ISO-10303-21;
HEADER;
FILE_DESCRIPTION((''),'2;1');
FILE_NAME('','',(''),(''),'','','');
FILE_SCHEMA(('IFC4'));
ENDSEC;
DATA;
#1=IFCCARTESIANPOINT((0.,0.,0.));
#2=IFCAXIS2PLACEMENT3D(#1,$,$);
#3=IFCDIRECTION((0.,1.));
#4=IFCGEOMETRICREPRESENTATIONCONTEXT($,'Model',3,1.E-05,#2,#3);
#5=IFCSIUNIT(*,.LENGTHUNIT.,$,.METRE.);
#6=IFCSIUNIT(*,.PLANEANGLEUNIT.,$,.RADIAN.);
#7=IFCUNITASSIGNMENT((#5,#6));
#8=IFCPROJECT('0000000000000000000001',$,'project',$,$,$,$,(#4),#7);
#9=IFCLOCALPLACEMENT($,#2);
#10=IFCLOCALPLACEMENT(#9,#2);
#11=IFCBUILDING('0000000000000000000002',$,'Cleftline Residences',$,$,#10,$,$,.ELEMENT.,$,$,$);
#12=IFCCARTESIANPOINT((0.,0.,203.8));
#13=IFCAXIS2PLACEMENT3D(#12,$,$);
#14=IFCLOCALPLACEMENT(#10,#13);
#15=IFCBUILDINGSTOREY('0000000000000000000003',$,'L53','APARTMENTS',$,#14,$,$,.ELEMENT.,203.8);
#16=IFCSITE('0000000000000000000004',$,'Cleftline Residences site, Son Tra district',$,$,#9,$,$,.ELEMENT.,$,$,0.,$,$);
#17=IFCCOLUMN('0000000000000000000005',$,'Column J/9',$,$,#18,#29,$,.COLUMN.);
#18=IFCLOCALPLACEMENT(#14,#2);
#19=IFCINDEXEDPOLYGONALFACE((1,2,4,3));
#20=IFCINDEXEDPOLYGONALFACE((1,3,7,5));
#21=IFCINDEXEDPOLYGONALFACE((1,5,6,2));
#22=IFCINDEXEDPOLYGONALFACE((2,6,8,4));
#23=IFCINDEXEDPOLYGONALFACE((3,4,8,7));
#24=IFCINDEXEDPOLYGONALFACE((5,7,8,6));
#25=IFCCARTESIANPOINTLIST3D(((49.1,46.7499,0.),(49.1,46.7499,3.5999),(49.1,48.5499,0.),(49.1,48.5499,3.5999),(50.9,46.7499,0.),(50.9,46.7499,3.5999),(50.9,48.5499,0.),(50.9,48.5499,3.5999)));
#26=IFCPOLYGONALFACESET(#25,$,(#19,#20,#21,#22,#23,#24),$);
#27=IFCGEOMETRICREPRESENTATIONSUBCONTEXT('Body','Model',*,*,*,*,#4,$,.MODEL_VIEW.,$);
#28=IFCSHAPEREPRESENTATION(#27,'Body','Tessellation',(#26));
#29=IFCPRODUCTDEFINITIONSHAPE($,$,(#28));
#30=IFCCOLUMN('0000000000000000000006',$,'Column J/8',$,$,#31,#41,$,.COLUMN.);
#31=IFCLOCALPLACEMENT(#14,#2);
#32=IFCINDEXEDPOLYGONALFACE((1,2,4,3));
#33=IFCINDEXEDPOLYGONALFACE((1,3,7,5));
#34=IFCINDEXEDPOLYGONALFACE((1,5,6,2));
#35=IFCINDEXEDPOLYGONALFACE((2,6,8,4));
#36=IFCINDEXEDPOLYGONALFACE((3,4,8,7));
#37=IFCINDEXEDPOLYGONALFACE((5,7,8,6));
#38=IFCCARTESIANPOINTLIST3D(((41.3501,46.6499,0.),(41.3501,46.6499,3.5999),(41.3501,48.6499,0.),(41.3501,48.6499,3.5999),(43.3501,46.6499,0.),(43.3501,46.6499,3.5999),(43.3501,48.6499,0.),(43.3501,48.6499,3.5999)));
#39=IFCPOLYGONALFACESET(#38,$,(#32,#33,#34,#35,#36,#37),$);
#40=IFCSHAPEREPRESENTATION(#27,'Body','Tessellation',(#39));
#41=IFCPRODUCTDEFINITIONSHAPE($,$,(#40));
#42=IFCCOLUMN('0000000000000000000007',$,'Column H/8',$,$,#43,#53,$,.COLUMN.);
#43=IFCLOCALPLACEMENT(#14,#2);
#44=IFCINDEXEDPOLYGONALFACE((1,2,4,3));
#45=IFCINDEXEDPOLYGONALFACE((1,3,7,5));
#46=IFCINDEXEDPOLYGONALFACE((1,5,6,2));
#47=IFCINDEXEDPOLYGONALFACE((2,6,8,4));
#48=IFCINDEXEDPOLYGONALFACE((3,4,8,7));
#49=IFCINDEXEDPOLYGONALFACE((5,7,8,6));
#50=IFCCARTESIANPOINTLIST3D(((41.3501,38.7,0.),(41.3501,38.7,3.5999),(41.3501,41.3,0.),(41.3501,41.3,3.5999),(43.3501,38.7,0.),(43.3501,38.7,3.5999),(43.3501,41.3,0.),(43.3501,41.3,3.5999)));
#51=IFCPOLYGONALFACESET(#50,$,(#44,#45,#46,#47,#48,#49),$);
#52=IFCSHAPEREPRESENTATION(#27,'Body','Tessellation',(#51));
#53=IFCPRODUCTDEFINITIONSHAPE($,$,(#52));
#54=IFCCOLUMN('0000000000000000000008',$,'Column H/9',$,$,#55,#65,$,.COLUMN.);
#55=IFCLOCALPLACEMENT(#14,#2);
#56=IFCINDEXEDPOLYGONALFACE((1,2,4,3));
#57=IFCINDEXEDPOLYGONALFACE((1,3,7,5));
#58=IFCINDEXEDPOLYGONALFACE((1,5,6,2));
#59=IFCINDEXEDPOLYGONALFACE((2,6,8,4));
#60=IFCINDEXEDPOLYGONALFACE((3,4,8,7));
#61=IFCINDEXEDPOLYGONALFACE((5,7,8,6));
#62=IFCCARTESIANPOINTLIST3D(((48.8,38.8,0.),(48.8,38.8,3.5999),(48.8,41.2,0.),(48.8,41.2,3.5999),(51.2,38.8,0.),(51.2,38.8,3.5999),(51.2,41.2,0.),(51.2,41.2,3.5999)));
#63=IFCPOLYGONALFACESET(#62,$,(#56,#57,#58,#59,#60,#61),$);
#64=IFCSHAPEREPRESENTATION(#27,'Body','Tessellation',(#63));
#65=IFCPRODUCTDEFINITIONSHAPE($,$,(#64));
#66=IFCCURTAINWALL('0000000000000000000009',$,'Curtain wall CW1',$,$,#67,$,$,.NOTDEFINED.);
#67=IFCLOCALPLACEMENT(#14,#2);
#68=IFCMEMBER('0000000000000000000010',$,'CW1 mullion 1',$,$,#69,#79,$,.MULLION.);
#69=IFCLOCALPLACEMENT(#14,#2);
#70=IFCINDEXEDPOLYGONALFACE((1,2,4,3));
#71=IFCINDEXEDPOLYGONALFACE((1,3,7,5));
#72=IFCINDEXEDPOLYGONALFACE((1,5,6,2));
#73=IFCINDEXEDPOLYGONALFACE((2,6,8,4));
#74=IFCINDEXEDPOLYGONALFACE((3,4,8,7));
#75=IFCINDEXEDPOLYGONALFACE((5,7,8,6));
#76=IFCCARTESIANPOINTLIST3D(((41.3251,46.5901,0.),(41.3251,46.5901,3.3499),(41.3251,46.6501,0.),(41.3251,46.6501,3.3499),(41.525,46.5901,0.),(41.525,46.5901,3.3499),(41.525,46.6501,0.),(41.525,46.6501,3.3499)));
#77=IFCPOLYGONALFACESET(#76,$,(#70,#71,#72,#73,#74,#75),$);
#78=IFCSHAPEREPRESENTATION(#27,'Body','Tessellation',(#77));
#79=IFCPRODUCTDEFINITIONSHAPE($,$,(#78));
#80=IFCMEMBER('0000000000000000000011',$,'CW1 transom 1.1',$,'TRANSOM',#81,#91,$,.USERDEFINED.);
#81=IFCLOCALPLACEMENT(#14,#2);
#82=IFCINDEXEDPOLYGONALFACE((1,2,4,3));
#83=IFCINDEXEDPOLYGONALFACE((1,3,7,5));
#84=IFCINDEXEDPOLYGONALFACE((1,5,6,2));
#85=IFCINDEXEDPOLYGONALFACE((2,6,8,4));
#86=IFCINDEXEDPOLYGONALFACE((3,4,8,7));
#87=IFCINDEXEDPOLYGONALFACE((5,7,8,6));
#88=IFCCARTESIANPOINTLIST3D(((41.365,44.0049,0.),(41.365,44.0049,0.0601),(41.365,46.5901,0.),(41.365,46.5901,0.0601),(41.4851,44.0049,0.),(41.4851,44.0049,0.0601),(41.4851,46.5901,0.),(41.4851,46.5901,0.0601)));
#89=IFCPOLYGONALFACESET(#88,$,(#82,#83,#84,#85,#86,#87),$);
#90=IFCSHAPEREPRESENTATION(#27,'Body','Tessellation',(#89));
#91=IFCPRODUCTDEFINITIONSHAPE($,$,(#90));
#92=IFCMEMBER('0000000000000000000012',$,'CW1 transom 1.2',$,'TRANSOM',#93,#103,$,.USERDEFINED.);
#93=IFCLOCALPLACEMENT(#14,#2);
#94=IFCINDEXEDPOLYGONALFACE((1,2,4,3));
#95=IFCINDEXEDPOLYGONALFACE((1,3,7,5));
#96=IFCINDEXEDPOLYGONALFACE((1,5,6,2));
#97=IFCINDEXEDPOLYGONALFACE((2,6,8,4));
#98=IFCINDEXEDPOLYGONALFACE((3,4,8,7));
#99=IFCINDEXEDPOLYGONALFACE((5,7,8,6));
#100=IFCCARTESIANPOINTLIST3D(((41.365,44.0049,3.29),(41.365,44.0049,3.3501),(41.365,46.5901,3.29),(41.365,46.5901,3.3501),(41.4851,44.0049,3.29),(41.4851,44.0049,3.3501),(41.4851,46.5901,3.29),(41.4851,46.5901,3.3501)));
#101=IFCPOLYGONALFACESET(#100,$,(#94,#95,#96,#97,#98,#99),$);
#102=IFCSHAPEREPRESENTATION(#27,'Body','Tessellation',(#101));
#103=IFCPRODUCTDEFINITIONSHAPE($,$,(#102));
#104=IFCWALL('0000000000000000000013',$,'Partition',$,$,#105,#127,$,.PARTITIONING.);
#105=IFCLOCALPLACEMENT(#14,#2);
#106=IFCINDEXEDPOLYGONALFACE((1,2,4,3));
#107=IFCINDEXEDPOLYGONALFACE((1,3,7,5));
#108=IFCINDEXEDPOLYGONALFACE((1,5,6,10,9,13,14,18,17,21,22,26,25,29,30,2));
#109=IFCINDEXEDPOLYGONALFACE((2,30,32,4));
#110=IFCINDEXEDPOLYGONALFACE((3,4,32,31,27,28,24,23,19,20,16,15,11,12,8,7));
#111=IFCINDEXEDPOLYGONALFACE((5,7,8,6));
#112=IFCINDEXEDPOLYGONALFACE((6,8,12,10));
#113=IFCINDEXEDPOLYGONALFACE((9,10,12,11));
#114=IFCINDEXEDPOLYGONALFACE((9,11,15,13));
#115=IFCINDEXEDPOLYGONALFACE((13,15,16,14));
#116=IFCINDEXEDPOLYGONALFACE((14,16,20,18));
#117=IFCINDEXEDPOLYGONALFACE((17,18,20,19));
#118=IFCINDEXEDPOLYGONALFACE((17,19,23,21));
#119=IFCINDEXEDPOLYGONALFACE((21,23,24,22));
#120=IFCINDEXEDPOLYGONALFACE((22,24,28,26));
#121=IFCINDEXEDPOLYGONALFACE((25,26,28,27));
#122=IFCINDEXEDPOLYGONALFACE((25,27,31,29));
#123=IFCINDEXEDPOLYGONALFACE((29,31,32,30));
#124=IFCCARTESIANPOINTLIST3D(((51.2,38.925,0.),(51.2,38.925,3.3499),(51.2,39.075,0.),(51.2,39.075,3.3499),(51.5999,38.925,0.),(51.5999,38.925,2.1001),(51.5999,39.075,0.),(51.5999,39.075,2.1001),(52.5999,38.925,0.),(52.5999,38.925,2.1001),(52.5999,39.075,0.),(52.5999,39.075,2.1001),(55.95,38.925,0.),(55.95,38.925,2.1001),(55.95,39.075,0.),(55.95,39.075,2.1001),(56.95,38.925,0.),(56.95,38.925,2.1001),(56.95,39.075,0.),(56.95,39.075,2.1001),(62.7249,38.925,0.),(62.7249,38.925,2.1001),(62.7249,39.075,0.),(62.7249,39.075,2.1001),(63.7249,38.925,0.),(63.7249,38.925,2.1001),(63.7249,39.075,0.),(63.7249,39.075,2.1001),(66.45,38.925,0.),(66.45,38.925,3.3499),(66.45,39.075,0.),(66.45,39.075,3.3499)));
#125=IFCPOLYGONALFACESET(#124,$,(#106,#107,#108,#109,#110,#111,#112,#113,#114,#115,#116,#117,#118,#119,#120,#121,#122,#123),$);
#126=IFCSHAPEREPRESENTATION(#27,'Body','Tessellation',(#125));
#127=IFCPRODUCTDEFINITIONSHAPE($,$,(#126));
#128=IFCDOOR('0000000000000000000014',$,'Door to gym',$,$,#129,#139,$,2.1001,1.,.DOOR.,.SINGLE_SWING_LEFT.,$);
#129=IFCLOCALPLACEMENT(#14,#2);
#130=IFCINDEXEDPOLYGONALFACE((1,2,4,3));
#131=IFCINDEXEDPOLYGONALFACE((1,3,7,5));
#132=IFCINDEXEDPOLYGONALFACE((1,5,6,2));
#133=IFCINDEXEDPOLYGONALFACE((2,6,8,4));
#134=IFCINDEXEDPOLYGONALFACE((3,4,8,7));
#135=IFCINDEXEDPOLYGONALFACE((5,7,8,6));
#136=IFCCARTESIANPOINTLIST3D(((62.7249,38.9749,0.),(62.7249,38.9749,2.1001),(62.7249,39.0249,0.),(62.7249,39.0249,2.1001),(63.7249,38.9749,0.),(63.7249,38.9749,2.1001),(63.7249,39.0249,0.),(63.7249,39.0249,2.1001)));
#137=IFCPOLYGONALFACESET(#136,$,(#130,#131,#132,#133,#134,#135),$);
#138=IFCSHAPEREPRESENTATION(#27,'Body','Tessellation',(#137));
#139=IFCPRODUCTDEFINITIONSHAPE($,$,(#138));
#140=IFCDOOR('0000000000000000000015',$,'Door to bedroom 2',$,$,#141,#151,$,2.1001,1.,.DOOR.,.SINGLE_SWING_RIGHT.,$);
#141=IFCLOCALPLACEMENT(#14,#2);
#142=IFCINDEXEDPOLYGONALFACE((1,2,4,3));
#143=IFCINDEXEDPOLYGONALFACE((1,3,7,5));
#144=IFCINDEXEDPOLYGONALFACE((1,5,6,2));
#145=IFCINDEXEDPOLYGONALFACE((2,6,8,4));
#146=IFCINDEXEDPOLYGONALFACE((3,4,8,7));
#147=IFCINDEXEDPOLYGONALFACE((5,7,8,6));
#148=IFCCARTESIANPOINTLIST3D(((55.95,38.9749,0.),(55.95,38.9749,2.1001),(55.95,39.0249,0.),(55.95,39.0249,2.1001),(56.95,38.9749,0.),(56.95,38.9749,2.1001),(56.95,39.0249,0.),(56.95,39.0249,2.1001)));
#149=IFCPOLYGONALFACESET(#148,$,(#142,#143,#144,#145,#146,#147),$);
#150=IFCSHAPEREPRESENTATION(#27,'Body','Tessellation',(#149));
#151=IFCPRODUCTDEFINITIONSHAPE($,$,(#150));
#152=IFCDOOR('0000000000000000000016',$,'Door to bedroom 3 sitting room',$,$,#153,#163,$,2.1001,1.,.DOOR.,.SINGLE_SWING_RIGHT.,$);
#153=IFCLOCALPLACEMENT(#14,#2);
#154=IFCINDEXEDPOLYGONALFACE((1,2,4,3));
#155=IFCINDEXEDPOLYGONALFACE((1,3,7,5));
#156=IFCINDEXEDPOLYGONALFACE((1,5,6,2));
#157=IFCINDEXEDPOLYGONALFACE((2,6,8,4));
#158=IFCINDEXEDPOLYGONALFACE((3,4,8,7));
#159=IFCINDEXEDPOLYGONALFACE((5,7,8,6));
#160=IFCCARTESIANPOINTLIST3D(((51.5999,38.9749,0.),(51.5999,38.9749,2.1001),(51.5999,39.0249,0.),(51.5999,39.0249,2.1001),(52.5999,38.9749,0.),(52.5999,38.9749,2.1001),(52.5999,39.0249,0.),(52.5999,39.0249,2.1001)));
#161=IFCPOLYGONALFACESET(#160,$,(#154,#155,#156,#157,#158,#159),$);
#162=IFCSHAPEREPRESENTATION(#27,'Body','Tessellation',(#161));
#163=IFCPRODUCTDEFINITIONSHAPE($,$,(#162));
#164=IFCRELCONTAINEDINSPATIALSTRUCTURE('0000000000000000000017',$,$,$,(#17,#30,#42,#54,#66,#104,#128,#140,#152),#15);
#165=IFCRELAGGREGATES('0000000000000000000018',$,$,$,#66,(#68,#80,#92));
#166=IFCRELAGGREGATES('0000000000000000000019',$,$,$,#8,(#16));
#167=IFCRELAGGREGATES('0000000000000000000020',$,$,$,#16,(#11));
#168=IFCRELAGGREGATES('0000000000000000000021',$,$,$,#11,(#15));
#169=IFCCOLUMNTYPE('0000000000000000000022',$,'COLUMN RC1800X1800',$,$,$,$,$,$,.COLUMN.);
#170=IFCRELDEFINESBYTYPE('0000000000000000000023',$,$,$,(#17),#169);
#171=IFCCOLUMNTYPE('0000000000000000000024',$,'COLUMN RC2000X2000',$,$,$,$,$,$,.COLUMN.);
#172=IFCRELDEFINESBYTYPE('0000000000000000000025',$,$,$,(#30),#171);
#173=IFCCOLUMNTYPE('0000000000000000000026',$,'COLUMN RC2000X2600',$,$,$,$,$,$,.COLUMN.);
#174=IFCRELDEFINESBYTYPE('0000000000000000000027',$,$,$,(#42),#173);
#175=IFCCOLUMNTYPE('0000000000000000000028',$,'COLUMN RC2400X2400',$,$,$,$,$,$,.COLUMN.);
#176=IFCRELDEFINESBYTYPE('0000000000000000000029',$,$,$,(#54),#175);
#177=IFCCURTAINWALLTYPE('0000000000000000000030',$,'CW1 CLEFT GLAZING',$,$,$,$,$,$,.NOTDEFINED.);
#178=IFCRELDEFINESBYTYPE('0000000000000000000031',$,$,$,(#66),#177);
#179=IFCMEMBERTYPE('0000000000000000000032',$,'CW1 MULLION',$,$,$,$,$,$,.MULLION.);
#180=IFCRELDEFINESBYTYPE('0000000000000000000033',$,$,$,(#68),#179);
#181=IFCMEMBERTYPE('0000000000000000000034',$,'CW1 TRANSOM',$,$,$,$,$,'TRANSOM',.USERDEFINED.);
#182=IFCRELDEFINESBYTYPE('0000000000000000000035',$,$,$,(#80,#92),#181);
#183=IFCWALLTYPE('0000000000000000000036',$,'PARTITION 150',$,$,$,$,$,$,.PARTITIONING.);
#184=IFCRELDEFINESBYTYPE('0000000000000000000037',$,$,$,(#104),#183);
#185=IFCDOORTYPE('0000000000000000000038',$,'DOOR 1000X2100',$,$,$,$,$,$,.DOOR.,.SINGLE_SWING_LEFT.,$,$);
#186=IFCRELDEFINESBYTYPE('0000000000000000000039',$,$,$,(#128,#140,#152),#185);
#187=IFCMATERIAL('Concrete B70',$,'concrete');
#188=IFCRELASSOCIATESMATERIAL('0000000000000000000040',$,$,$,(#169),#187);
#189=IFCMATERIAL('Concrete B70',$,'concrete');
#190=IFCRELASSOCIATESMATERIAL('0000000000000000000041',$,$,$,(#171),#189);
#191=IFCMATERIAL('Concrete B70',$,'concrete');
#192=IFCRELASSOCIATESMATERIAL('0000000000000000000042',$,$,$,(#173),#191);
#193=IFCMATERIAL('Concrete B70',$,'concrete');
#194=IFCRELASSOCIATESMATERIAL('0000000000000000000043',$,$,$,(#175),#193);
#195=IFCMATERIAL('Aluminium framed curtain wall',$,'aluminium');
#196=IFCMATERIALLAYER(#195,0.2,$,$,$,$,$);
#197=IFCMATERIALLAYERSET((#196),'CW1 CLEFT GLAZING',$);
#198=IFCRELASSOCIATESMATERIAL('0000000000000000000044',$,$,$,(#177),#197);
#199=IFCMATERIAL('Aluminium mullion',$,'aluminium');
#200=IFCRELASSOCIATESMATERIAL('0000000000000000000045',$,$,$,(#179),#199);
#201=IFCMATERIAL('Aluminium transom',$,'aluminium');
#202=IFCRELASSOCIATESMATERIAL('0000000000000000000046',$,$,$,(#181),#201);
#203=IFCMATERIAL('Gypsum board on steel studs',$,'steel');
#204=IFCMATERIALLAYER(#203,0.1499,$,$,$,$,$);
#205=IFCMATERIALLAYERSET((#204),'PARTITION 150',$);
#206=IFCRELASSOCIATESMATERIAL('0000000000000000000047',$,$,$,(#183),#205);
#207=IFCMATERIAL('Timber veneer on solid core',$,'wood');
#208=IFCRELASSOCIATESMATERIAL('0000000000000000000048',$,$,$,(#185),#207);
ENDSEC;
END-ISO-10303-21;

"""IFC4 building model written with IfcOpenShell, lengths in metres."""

from ifc_helpers import new_model, si_unit, direction, frame, frame_2d, origin, origin_2d, place, context, subcontext, project, spatial, rectangle, extrude, material, layer, layer_set, material_profile, profile_set, type_object, element, fill, aggregate, save


model = new_model("IFC4")

# Units and contexts
model_context = context("Model", 3, precision=1e-05, world=origin(), true_north=direction((0.0, 1.0)))
body_context = subcontext(model_context, "Body", "Model", "MODEL_VIEW")
ifc_project = project(units=[si_unit("LENGTHUNIT", "METRE"), si_unit("PLANEANGLEUNIT", "RADIAN")], contexts=[model_context])

# Site, building, storey
site_placement = place(None, origin())
site = spatial("IfcSite", under=ifc_project, at=site_placement, Name="Cleftline Residences site, Son Tra district", CompositionType="ELEMENT", RefElevation=0.0)
building_placement = place(site_placement, origin())
building = spatial("IfcBuilding", under=site, at=building_placement, Name="Cleftline Residences", CompositionType="ELEMENT")
storey_placement = place(building_placement, frame((0.0, 0.0, 203.8)))
storey = spatial("IfcBuildingStorey", under=building, at=storey_placement, Name="L53", Description="APARTMENTS", CompositionType="ELEMENT", Elevation=203.8)

# Columns
ifc_material_1 = material(Name="Concrete B70", Category="concrete")
ifc_material_profile_1 = material_profile(ifc_material_1, rectangle(XDim=1.8, YDim=1.8, at=origin_2d()))
ifc_profile_set_1 = profile_set([ifc_material_profile_1], Name="Concrete B70")
column_type_1 = type_object("IfcColumnType", Name="COLUMN RC1800X1800", PredefinedType="COLUMN", material=ifc_profile_set_1)
column_1_placement = place(storey_placement, frame((50.0, 47.6499, 0.0), z_axis=(0.0, 0.0, 1.0), x_axis=(1.0, 0.0, 0.0)))
element("IfcColumn", 1, at=column_1_placement, inside=storey, type_object=column_type_1, Name="Column J/9", PredefinedType="COLUMN", context=body_context, shape_type="SweptSolid", body=[
    extrude(rectangle(XDim=1.8, YDim=1.8, at=origin_2d()), origin(), (0.0, 0.0, 1.0), 3.5999),
])
ifc_material_2 = material(Name="Concrete B70", Category="concrete")
ifc_material_profile_2 = material_profile(ifc_material_2, rectangle(XDim=2.0, YDim=2.0, at=origin_2d()))
ifc_profile_set_2 = profile_set([ifc_material_profile_2], Name="Concrete B70")
column_type_2 = type_object("IfcColumnType", Name="COLUMN RC2000X2000", PredefinedType="COLUMN", material=ifc_profile_set_2)
column_2_placement = place(storey_placement, frame((42.3501, 47.6499, 0.0), z_axis=(0.0, 0.0, 1.0), x_axis=(1.0, 0.0, 0.0)))
element("IfcColumn", 2, at=column_2_placement, inside=storey, type_object=column_type_2, Name="Column J/8", PredefinedType="COLUMN", context=body_context, shape_type="SweptSolid", body=[
    extrude(rectangle(XDim=2.0, YDim=2.0, at=origin_2d()), origin(), (0.0, 0.0, 1.0), 3.5999),
])
ifc_material_3 = material(Name="Concrete B70", Category="concrete")
ifc_material_profile_3 = material_profile(ifc_material_3, rectangle(XDim=2.0, YDim=2.6001, at=origin_2d()))
ifc_profile_set_3 = profile_set([ifc_material_profile_3], Name="Concrete B70")
column_type_3 = type_object("IfcColumnType", Name="COLUMN RC2000X2600", PredefinedType="COLUMN", material=ifc_profile_set_3)
column_3_placement = place(storey_placement, frame((42.3501, 40.0, 0.0), z_axis=(0.0, 0.0, 1.0), x_axis=(1.0, 0.0, 0.0)))
element("IfcColumn", 3, at=column_3_placement, inside=storey, type_object=column_type_3, Name="Column H/8", PredefinedType="COLUMN", context=body_context, shape_type="SweptSolid", body=[
    extrude(rectangle(XDim=2.0, YDim=2.6001, at=origin_2d()), origin(), (0.0, 0.0, 1.0), 3.5999),
])
ifc_material_4 = material(Name="Concrete B70", Category="concrete")
ifc_material_profile_4 = material_profile(ifc_material_4, rectangle(XDim=2.3999, YDim=2.3999, at=origin_2d()))
ifc_profile_set_4 = profile_set([ifc_material_profile_4], Name="Concrete B70")
column_type_4 = type_object("IfcColumnType", Name="COLUMN RC2400X2400", PredefinedType="COLUMN", material=ifc_profile_set_4)
column_4_placement = place(storey_placement, frame((50.0, 40.0, 0.0), z_axis=(0.0, 0.0, 1.0), x_axis=(1.0, 0.0, 0.0)))
element("IfcColumn", 4, at=column_4_placement, inside=storey, type_object=column_type_4, Name="Column H/9", PredefinedType="COLUMN", context=body_context, shape_type="SweptSolid", body=[
    extrude(rectangle(XDim=2.3999, YDim=2.3999, at=origin_2d()), origin(), (0.0, 0.0, 1.0), 3.5999),
])

# Curtain wall, members
ifc_material_5 = material(Name="Aluminium framed curtain wall", Category="aluminium")
ifc_layer_1 = layer(ifc_material_5, 0.2)
ifc_layer_set_1 = layer_set([ifc_layer_1], Name="CW1 CLEFT GLAZING")
curtain_wall_type = type_object("IfcCurtainWallType", Name="CW1 CLEFT GLAZING", PredefinedType="NOTDEFINED", material=ifc_layer_set_1)
curtain_wall_placement = place(storey_placement, origin())
curtain_wall = element("IfcCurtainWall", 5, at=curtain_wall_placement, inside=storey, type_object=curtain_wall_type, Name="Curtain wall CW1", PredefinedType="NOTDEFINED")
ifc_material_6 = material(Name="Aluminium mullion", Category="aluminium")
ifc_material_profile_5 = material_profile(ifc_material_6, rectangle(XDim=0.2, YDim=0.0601, at=origin_2d()))
ifc_profile_set_5 = profile_set([ifc_material_profile_5], Name="Aluminium mullion")
member_type_1 = type_object("IfcMemberType", Name="CW1 MULLION", PredefinedType="MULLION", material=ifc_profile_set_5)
member_1_placement = place(storey_placement, frame((41.425, 46.6201, 0.0), z_axis=(0.0, 0.0, 1.0), x_axis=(1.0, 0.0, 0.0)))
member_1 = element("IfcMember", 6, at=member_1_placement, type_object=member_type_1, Name="CW1 mullion 1", PredefinedType="MULLION", context=body_context, shape_type="SweptSolid", body=[
    extrude(rectangle(XDim=0.2, YDim=0.0601, at=origin_2d()), origin(), (0.0, 0.0, 1.0), 3.3499),
])
ifc_material_7 = material(Name="Aluminium transom", Category="aluminium")
ifc_material_profile_6 = material_profile(ifc_material_7, rectangle(XDim=0.1201, YDim=0.0601, at=origin_2d()))
ifc_profile_set_6 = profile_set([ifc_material_profile_6], Name="Aluminium transom")
member_type_2 = type_object("IfcMemberType", Name="CW1 TRANSOM", ElementType="TRANSOM", PredefinedType="USERDEFINED", material=ifc_profile_set_6)
member_2_placement = place(storey_placement, frame((41.425, 46.5901, 0.03), z_axis=(0.0, -1.0, 0.0), x_axis=(1.0, 0.0, 0.0)))
member_2 = element("IfcMember", 7, at=member_2_placement, type_object=member_type_2, Name="CW1 transom 1.1", ObjectType="TRANSOM", PredefinedType="USERDEFINED", context=body_context, shape_type="SweptSolid", body=[
    extrude(rectangle(XDim=0.1201, YDim=0.0601, at=origin_2d()), origin(), (0.0, 0.0, 1.0), 2.5852),
])
member_3_placement = place(storey_placement, frame((41.425, 46.5901, 3.3201), z_axis=(0.0, -1.0, 0.0), x_axis=(1.0, 0.0, 0.0)))
member_3 = element("IfcMember", 8, at=member_3_placement, type_object=member_type_2, Name="CW1 transom 1.2", ObjectType="TRANSOM", PredefinedType="USERDEFINED", context=body_context, shape_type="SweptSolid", body=[
    extrude(rectangle(XDim=0.1201, YDim=0.0601, at=origin_2d()), origin(), (0.0, 0.0, 1.0), 2.5852),
])
aggregate(curtain_wall, [member_1, member_2, member_3])

# Wall, openings, doors
ifc_material_8 = material(Name="Gypsum board on steel studs", Category="steel")
ifc_layer_2 = layer(ifc_material_8, 0.1499)
ifc_layer_set_2 = layer_set([ifc_layer_2], Name="PARTITION 150")
wall_type = type_object("IfcWallType", Name="PARTITION 150", PredefinedType="PARTITIONING", material=ifc_layer_set_2)
wall_1_placement = place(storey_placement, frame((51.2, 39.0, 0.0), z_axis=(0.0, 0.0, 1.0), x_axis=(1.0, 0.0, 0.0)))
wall_1 = element("IfcWall", 9, at=wall_1_placement, inside=storey, type_object=wall_type, Name="Partition", PredefinedType="PARTITIONING", context=body_context, shape_type="SweptSolid", body=[
    extrude(rectangle(XDim=15.25, YDim=0.1499, at=frame_2d((7.625, 0.0))), origin(), (0.0, 0.0, 1.0), 3.3499),
])
opening_1_placement = place(wall_1_placement, frame((11.5249, 0.0, 0.0)))
opening_1 = element("IfcOpeningElement", 10, at=opening_1_placement, cuts=wall_1, PredefinedType="OPENING", context=body_context, shape_type="SweptSolid", body=[
    extrude(rectangle(XDim=1.0, YDim=2.1001, at=frame_2d((0.5, 1.05))), frame((0.0, 0.085, 0.0), z_axis=(0.0, -1.0, 0.0), x_axis=(1.0, 0.0, 0.0)), (0.0, 0.0, 1.0), 0.1699),
])
opening_2_placement = place(wall_1_placement, frame((4.75, 0.0, 0.0)))
opening_2 = element("IfcOpeningElement", 11, at=opening_2_placement, cuts=wall_1, PredefinedType="OPENING", context=body_context, shape_type="SweptSolid", body=[
    extrude(rectangle(XDim=1.0, YDim=2.1001, at=frame_2d((0.5, 1.05))), frame((0.0, 0.085, 0.0), z_axis=(0.0, -1.0, 0.0), x_axis=(1.0, 0.0, 0.0)), (0.0, 0.0, 1.0), 0.1699),
])
opening_3_placement = place(wall_1_placement, frame((0.3999, 0.0, 0.0)))
opening_3 = element("IfcOpeningElement", 12, at=opening_3_placement, cuts=wall_1, PredefinedType="OPENING", context=body_context, shape_type="SweptSolid", body=[
    extrude(rectangle(XDim=1.0, YDim=2.1001, at=frame_2d((0.5, 1.05))), frame((0.0, 0.085, 0.0), z_axis=(0.0, -1.0, 0.0), x_axis=(1.0, 0.0, 0.0)), (0.0, 0.0, 1.0), 0.1699),
])
ifc_material_9 = material(Name="Timber veneer on solid core", Category="wood")
door_type_1 = type_object("IfcDoorType", Name="DOOR 1000X2100", OperationType="SINGLE_SWING_LEFT", PredefinedType="DOOR", material=ifc_material_9)
door_1_placement = place(opening_1_placement, origin())
door_1 = element("IfcDoor", 13, at=door_1_placement, inside=storey, type_object=door_type_1, Name="Door to gym", OperationType="SINGLE_SWING_LEFT", OverallHeight=2.1001, OverallWidth=1.0, PredefinedType="DOOR", context=body_context, shape_type="SweptSolid", body=[
    extrude(rectangle(XDim=1.0, YDim=2.1001, at=frame_2d((0.5, 1.05))), frame((0.0, 0.0249, 0.0), z_axis=(0.0, -1.0, 0.0), x_axis=(1.0, 0.0, 0.0)), (0.0, 0.0, 1.0), 0.05),
])
fill(opening_1, door_1)
door_2_placement = place(opening_2_placement, origin())
door_2 = element("IfcDoor", 14, at=door_2_placement, inside=storey, type_object=door_type_1, Name="Door to bedroom 2", OperationType="SINGLE_SWING_RIGHT", OverallHeight=2.1001, OverallWidth=1.0, PredefinedType="DOOR", context=body_context, shape_type="SweptSolid", body=[
    extrude(rectangle(XDim=1.0, YDim=2.1001, at=frame_2d((0.5, 1.05))), frame((0.0, 0.0249, 0.0), z_axis=(0.0, -1.0, 0.0), x_axis=(1.0, 0.0, 0.0)), (0.0, 0.0, 1.0), 0.05),
])
fill(opening_2, door_2)
door_3_placement = place(opening_3_placement, origin())
door_3 = element("IfcDoor", 15, at=door_3_placement, inside=storey, type_object=door_type_1, Name="Door to bedroom 3 sitting room", OperationType="SINGLE_SWING_RIGHT", OverallHeight=2.1001, OverallWidth=1.0, PredefinedType="DOOR", context=body_context, shape_type="SweptSolid", body=[
    extrude(rectangle(XDim=1.0, YDim=2.1001, at=frame_2d((0.5, 1.05))), frame((0.0, 0.0249, 0.0), z_axis=(0.0, -1.0, 0.0), x_axis=(1.0, 0.0, 0.0)), (0.0, 0.0, 1.0), 0.05),
])
fill(opening_3, door_3)

save(model, "model.ifc")
